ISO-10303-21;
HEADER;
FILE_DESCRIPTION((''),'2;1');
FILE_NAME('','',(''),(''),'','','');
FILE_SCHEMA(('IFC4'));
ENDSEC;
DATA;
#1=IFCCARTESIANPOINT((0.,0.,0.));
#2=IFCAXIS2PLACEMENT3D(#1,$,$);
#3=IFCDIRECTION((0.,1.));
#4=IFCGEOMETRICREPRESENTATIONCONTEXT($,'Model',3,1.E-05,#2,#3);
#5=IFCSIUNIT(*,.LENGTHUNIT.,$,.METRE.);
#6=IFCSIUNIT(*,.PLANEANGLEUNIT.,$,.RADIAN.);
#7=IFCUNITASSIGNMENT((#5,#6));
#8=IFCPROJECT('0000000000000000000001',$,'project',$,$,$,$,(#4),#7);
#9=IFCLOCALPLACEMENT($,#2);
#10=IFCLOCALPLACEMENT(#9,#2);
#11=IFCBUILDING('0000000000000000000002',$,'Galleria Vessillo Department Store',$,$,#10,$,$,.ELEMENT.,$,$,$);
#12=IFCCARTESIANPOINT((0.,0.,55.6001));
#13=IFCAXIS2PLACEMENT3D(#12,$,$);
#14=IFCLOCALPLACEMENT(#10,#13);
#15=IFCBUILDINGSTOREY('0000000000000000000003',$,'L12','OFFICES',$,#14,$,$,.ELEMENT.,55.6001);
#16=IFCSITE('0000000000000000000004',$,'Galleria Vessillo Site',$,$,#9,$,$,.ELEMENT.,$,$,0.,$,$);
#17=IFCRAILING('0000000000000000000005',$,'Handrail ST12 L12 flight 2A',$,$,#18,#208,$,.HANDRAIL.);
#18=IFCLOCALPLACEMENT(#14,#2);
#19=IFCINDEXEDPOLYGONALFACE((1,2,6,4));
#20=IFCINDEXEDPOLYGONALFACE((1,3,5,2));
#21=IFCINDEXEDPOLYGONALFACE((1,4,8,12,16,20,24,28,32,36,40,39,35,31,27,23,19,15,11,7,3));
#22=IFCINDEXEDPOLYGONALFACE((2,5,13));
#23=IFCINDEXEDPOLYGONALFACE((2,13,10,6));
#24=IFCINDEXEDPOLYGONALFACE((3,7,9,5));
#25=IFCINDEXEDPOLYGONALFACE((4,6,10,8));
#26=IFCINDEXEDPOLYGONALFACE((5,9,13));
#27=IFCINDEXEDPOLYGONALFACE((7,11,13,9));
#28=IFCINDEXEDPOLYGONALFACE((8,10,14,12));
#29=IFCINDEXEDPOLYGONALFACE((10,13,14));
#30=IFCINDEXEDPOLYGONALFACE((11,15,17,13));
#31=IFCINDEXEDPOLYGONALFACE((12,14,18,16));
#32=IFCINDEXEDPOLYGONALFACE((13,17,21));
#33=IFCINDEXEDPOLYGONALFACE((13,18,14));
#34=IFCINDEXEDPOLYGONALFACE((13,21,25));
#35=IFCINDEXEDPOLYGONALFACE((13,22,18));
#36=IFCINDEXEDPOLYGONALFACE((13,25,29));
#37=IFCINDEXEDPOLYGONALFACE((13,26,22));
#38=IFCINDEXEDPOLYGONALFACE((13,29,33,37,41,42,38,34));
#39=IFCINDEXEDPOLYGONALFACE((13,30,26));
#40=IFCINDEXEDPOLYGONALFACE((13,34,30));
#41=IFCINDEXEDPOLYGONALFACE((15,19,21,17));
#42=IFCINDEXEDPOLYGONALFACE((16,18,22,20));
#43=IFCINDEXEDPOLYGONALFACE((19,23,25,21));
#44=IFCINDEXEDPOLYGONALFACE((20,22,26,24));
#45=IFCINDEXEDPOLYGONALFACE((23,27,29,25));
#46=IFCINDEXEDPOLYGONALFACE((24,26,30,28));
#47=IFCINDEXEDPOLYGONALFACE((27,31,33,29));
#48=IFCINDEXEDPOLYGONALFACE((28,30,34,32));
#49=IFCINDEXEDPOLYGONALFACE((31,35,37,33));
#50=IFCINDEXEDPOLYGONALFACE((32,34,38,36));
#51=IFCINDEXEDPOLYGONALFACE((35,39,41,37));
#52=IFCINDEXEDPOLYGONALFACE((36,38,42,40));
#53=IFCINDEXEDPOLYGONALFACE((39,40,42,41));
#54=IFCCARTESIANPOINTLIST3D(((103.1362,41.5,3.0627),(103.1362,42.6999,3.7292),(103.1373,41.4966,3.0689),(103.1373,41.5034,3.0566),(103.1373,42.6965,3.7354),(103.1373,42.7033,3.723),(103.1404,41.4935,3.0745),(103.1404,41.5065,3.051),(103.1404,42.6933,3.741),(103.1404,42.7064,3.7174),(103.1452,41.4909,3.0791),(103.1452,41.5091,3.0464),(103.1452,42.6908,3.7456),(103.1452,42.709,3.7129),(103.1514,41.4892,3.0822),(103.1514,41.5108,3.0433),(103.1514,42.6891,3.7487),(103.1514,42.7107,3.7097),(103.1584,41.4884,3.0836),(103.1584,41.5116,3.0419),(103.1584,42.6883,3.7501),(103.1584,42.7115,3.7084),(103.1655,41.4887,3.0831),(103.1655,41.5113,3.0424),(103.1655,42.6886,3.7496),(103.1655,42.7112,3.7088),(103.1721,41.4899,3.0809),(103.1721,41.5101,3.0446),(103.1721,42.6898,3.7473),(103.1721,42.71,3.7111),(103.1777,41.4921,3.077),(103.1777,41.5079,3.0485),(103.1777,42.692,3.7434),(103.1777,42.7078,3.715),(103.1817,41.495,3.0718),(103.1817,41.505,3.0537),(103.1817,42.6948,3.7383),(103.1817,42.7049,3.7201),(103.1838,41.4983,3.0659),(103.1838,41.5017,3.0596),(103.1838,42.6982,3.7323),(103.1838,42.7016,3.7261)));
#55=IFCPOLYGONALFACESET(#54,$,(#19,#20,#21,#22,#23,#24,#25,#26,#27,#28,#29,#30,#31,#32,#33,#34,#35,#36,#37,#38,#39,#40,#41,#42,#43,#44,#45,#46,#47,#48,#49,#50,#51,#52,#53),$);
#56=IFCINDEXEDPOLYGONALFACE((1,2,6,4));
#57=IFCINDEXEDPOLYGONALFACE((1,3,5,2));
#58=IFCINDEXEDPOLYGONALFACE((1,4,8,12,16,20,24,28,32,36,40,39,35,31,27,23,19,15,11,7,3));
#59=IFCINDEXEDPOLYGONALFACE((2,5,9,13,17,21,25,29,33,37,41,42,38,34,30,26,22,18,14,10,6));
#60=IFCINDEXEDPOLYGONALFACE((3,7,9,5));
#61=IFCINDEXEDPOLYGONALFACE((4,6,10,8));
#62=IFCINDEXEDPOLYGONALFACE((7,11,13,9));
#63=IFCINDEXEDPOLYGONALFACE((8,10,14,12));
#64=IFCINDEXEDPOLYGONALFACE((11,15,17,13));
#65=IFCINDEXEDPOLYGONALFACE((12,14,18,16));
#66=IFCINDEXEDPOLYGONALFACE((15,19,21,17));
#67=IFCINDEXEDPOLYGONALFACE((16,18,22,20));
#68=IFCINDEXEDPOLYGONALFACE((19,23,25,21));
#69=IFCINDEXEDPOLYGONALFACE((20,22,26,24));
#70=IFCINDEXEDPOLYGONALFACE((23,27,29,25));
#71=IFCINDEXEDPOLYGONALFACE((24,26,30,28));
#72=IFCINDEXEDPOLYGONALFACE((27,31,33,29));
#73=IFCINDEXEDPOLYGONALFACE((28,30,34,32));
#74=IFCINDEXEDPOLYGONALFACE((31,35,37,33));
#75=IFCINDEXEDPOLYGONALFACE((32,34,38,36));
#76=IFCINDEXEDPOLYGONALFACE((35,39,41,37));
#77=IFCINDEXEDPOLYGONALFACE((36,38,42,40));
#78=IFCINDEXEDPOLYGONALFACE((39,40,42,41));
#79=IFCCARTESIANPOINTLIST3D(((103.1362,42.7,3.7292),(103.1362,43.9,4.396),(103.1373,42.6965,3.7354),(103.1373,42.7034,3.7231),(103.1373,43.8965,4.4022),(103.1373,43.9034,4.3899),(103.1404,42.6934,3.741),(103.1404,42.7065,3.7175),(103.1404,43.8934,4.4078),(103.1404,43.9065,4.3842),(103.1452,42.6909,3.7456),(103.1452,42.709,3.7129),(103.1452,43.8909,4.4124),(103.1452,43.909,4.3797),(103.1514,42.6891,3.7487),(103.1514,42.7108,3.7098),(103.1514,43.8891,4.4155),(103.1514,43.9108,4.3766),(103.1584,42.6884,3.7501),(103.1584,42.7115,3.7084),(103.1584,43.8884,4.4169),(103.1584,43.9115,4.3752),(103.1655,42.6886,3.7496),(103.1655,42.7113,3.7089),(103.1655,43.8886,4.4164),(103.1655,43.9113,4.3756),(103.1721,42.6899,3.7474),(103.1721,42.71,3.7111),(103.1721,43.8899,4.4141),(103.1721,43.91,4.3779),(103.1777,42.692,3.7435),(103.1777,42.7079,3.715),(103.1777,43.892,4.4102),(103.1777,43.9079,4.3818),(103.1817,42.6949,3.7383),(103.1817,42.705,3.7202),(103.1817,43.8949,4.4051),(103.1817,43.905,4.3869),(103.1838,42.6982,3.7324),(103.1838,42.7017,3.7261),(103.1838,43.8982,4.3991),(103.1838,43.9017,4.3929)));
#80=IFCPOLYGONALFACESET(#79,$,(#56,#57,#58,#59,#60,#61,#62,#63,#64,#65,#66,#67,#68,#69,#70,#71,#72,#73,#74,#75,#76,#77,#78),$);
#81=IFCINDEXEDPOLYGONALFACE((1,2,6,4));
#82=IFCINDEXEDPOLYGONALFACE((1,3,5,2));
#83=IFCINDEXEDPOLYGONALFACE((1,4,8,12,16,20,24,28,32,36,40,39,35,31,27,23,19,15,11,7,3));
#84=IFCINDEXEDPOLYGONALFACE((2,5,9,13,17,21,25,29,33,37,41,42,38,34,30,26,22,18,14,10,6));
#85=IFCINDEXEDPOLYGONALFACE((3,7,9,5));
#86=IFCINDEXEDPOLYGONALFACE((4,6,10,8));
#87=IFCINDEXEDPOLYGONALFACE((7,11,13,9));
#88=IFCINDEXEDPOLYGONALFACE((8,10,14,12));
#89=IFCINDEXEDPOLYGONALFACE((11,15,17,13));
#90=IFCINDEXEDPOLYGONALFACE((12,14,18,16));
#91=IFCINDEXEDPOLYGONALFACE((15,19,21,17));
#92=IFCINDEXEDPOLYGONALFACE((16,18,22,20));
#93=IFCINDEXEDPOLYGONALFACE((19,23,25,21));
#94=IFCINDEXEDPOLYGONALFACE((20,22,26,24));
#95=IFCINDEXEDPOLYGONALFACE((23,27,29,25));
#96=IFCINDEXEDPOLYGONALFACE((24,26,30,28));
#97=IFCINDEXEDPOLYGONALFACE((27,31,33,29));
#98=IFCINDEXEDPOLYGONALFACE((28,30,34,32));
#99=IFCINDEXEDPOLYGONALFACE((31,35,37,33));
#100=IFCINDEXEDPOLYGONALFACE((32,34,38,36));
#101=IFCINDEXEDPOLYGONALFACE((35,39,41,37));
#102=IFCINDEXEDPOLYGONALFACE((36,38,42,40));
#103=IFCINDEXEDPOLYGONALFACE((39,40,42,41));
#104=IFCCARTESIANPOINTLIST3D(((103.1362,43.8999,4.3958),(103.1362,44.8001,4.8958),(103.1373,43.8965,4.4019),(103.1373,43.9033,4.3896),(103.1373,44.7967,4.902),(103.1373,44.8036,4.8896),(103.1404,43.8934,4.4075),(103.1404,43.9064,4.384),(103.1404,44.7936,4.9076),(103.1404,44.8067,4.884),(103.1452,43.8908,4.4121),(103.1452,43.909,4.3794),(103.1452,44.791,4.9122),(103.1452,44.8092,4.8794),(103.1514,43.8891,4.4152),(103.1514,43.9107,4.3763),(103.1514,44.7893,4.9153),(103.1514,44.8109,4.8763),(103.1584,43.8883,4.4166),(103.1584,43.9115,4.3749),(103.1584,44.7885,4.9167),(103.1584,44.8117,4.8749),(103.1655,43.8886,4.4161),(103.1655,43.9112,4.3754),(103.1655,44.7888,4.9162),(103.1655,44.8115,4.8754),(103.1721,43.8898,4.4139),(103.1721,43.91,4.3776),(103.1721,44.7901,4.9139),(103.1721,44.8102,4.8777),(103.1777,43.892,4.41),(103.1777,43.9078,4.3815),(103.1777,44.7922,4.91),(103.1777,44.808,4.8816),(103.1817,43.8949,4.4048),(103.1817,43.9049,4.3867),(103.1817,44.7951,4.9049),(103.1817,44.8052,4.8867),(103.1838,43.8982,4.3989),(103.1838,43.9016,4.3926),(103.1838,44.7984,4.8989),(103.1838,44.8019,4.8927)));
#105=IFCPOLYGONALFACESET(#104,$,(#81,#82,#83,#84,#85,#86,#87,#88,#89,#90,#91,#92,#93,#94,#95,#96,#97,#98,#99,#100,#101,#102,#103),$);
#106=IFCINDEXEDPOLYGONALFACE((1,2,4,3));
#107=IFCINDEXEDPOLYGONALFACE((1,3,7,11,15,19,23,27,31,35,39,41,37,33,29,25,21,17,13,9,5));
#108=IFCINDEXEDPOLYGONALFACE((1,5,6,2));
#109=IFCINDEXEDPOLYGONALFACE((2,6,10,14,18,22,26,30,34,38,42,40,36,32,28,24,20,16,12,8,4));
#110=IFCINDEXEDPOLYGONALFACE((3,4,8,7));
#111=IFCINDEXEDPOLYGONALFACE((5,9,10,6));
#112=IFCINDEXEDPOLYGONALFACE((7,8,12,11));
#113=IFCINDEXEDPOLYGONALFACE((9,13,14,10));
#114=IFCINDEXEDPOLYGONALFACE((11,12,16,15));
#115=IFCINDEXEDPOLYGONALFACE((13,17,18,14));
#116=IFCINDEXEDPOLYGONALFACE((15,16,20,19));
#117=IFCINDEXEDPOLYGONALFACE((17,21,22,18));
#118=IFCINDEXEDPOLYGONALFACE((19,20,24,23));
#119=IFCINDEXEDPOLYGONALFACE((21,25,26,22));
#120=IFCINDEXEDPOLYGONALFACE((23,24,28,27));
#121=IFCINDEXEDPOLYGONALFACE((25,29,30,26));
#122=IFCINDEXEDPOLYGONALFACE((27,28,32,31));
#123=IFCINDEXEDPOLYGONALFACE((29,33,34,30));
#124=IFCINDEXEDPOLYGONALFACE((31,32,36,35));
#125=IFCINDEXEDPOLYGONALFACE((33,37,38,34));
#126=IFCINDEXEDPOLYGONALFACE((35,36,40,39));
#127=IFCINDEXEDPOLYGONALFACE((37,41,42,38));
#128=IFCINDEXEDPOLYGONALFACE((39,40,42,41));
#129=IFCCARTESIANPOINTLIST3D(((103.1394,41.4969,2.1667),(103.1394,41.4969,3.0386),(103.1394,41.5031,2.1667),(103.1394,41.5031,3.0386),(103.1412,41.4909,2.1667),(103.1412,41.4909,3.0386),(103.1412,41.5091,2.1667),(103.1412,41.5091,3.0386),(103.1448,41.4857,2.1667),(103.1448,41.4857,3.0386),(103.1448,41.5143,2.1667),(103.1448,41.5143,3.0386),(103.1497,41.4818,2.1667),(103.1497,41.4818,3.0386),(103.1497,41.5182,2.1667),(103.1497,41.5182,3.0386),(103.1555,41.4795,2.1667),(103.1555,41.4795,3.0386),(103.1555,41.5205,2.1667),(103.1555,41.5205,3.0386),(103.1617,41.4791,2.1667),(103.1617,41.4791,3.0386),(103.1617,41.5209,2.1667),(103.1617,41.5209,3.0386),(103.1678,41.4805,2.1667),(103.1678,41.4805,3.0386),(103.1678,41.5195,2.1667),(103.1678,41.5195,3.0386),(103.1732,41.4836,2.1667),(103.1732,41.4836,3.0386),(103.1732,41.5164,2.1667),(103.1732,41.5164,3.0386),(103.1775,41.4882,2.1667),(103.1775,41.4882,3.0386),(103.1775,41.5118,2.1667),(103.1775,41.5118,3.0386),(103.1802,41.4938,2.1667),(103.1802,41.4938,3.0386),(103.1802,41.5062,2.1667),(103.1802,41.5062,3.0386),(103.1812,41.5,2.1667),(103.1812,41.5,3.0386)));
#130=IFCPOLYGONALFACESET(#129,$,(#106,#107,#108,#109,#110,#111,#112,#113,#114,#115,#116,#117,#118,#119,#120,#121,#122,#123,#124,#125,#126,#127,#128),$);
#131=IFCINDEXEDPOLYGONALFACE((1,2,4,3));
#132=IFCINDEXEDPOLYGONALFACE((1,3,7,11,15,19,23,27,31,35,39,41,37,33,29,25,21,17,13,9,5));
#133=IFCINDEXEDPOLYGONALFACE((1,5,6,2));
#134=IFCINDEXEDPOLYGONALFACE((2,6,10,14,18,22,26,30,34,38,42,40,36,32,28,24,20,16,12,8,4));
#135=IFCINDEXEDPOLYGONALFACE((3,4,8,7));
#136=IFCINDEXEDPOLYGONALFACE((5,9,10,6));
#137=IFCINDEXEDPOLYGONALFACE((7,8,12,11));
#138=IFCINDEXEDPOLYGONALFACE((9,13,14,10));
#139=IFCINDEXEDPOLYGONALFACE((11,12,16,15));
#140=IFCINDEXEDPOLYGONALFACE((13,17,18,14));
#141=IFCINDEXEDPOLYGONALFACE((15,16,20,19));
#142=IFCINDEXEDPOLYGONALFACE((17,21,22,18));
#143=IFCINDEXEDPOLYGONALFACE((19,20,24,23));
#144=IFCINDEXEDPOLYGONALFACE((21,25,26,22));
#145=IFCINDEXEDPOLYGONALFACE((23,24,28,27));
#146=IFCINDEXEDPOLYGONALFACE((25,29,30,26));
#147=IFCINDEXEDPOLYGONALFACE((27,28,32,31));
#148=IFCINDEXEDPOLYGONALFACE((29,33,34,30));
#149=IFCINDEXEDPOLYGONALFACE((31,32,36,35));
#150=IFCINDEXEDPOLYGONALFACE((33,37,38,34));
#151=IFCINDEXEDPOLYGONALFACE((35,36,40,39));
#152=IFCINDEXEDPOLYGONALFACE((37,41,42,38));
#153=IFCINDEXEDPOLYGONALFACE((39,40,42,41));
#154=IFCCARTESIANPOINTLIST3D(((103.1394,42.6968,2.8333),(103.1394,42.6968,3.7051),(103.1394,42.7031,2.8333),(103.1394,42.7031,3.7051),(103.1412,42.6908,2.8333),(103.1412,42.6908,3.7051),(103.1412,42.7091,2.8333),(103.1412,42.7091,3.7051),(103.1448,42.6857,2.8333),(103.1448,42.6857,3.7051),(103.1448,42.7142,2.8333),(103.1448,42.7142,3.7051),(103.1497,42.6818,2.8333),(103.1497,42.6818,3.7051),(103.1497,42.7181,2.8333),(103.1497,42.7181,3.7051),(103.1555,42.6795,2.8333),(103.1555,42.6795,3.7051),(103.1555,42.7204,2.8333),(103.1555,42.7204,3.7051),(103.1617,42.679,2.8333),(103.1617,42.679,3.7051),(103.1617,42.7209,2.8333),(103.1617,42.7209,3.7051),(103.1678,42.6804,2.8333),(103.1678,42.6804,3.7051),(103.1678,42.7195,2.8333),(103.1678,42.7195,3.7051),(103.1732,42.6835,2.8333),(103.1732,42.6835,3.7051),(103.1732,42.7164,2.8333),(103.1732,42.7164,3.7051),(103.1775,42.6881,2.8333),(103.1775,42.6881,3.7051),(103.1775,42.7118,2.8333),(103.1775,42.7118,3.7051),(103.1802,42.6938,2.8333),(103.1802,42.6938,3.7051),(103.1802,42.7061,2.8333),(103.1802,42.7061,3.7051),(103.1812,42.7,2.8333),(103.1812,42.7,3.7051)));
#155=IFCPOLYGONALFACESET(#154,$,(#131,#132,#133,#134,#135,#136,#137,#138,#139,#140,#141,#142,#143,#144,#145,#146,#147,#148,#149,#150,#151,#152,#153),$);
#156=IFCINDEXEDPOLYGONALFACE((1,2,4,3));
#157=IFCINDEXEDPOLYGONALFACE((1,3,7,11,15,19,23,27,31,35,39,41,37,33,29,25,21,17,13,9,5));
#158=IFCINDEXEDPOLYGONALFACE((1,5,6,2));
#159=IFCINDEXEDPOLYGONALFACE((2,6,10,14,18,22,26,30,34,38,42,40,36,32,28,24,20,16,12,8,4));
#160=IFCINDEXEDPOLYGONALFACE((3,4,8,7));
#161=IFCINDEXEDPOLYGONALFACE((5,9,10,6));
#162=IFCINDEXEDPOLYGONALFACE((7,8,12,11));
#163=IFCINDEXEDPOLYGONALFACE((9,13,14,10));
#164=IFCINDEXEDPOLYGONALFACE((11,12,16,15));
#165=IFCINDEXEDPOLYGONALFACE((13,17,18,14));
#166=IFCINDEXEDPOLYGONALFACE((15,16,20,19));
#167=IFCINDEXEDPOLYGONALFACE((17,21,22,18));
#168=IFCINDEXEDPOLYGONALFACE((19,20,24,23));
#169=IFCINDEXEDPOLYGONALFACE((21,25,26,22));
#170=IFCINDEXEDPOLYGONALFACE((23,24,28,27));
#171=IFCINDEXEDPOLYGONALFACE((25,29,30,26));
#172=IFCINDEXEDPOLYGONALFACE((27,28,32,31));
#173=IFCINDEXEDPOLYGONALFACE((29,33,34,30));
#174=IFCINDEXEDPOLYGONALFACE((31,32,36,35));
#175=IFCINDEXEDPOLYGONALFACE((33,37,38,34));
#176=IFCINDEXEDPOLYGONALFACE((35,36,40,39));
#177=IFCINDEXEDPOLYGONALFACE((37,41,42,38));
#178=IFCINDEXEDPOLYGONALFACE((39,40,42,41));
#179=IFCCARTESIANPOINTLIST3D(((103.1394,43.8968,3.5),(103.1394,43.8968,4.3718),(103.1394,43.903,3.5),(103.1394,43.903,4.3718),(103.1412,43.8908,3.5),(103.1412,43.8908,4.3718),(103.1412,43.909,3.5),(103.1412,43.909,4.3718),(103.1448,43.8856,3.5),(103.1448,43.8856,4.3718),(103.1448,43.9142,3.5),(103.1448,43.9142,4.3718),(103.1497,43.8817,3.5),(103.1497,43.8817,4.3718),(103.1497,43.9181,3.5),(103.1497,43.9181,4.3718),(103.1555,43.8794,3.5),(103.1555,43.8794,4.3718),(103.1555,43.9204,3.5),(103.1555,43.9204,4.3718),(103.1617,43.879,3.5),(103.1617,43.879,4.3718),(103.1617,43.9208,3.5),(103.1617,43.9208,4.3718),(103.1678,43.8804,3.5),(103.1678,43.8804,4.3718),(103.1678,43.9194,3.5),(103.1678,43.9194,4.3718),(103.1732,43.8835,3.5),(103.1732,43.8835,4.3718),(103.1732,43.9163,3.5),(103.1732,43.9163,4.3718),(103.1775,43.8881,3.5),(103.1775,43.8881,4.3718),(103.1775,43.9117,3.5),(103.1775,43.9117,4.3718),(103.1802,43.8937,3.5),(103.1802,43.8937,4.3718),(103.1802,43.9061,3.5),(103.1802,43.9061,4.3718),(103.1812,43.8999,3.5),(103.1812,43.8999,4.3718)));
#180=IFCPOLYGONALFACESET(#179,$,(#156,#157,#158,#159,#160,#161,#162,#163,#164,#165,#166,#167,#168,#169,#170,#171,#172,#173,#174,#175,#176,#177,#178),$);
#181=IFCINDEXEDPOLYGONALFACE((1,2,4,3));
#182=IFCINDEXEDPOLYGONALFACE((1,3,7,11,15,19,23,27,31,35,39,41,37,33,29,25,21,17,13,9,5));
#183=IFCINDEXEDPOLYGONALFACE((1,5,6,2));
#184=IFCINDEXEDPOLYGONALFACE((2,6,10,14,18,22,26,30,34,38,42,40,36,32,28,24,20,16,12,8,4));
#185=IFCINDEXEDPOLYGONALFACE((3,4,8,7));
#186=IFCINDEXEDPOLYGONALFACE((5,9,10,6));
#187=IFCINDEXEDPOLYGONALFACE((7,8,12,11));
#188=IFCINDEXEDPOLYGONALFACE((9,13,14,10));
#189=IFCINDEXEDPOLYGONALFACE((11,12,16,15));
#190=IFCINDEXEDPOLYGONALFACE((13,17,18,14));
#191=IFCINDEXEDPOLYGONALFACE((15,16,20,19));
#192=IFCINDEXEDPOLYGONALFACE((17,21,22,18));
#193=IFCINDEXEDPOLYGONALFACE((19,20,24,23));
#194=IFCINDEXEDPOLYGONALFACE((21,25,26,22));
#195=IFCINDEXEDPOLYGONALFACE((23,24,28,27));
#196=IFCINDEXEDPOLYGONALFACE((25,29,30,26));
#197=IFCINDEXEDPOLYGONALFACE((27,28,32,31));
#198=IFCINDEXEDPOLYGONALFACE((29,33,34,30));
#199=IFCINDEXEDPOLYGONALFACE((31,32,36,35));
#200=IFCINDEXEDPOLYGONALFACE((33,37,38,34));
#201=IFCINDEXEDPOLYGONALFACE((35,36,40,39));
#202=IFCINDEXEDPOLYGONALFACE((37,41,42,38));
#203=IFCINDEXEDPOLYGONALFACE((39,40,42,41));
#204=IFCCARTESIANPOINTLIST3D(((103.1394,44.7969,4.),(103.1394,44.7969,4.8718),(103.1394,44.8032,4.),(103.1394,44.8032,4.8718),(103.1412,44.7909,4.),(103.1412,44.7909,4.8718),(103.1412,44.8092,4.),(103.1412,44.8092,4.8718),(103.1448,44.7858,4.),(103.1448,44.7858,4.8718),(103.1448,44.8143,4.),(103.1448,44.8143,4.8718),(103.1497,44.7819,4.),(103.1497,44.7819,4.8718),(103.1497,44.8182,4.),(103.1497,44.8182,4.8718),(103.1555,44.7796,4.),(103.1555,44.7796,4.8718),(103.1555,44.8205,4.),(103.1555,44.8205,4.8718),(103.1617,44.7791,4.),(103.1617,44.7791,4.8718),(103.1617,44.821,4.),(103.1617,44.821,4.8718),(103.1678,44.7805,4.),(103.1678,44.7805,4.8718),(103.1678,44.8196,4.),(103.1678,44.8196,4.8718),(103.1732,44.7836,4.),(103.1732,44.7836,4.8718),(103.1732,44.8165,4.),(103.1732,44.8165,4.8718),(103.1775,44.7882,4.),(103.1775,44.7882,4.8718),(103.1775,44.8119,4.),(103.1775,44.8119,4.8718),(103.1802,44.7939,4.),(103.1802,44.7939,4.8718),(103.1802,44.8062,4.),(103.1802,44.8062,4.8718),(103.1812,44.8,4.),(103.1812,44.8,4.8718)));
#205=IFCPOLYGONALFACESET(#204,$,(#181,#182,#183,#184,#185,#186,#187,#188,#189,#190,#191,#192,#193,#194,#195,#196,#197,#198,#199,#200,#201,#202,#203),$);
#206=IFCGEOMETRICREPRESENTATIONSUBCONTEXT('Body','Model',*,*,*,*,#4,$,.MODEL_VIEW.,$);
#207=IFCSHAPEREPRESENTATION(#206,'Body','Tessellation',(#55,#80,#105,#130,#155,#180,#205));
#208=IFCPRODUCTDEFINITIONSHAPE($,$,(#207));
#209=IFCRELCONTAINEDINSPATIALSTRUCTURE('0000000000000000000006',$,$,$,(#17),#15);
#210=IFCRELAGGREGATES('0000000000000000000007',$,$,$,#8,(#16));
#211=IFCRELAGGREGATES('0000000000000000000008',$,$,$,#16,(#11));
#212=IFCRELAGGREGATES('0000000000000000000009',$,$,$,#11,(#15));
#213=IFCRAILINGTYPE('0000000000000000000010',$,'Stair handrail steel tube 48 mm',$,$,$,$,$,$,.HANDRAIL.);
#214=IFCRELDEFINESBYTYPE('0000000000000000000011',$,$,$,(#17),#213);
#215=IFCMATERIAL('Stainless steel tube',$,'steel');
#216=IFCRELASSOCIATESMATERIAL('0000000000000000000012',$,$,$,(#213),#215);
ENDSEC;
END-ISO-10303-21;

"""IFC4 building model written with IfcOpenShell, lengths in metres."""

from ifc_helpers import new_model, si_unit, direction, frame, origin, origin_2d, place, context, subcontext, project, spatial, circle, extrude, material, type_object, element, save


model = new_model("IFC4")

# Units and contexts
model_context = context("Model", 3, precision=1e-05, world=origin(), true_north=direction((0.0, 1.0)))
body_context = subcontext(model_context, "Body", "Model", "MODEL_VIEW")
ifc_project = project(units=[si_unit("LENGTHUNIT", "METRE"), si_unit("PLANEANGLEUNIT", "RADIAN")], contexts=[model_context])

# Site, building, storey
site_placement = place(None, origin())
site = spatial("IfcSite", under=ifc_project, at=site_placement, Name="Galleria Vessillo Site", CompositionType="ELEMENT", RefElevation=0.0)
building_placement = place(site_placement, origin())
building = spatial("IfcBuilding", under=site, at=building_placement, Name="Galleria Vessillo Department Store", CompositionType="ELEMENT")
storey_placement = place(building_placement, frame((0.0, 0.0, 55.6001)))
storey = spatial("IfcBuildingStorey", under=building, at=storey_placement, Name="L12", Description="OFFICES", CompositionType="ELEMENT", Elevation=55.6001)

# Railing
ifc_material_1 = material(Name="Stainless steel tube", Category="steel")
railing_type = type_object("IfcRailingType", Name="Stair handrail steel tube 48 mm", PredefinedType="HANDRAIL", material=ifc_material_1)
for number, where, name in (
    (1, (103.1602, 41.5, 2.1667), "Handrail ST12 L12 flight 2A"),
):
    element("IfcRailing", number, at=place(storey_placement, frame(where)), inside=storey, type_object=railing_type, Name=name, PredefinedType="HANDRAIL", context=body_context, shape_type="SweptSolid", body=[
        extrude(circle(Radius=0.0239, at=origin_2d()), frame((0.0, 0.0, 0.896), z_axis=(0.0, 0.874199, 0.485567), x_axis=(-1.0, 0.0, 0.0)), (0.0, 0.0, 1.0), 1.3726),
        extrude(circle(Radius=0.0239, at=origin_2d()), frame((0.0, 1.2, 1.5625), z_axis=(0.0, 0.874124, 0.485703), x_axis=(-1.0, 0.0, 0.0)), (0.0, 0.0, 1.0), 1.3728),
        extrude(circle(Radius=0.0239, at=origin_2d()), frame((0.0, 2.3999, 2.229), z_axis=(0.0, 0.874191, 0.485583), x_axis=(-1.0, 0.0, 0.0)), (0.0, 0.0, 1.0), 1.0298),
        extrude(circle(Radius=0.021, at=origin_2d()), origin(), (0.0, 0.0, 1.0), 0.8718),
        extrude(circle(Radius=0.021, at=origin_2d()), frame((0.0, 1.2, 0.6665)), (0.0, 0.0, 1.0), 0.8718),
        extrude(circle(Radius=0.021, at=origin_2d()), frame((0.0, 2.3999, 1.3333)), (0.0, 0.0, 1.0), 0.8718),
        extrude(circle(Radius=0.021, at=origin_2d()), frame((0.0, 3.3, 1.8333)), (0.0, 0.0, 1.0), 0.8718),
    ])

save(model, "model.ifc")
